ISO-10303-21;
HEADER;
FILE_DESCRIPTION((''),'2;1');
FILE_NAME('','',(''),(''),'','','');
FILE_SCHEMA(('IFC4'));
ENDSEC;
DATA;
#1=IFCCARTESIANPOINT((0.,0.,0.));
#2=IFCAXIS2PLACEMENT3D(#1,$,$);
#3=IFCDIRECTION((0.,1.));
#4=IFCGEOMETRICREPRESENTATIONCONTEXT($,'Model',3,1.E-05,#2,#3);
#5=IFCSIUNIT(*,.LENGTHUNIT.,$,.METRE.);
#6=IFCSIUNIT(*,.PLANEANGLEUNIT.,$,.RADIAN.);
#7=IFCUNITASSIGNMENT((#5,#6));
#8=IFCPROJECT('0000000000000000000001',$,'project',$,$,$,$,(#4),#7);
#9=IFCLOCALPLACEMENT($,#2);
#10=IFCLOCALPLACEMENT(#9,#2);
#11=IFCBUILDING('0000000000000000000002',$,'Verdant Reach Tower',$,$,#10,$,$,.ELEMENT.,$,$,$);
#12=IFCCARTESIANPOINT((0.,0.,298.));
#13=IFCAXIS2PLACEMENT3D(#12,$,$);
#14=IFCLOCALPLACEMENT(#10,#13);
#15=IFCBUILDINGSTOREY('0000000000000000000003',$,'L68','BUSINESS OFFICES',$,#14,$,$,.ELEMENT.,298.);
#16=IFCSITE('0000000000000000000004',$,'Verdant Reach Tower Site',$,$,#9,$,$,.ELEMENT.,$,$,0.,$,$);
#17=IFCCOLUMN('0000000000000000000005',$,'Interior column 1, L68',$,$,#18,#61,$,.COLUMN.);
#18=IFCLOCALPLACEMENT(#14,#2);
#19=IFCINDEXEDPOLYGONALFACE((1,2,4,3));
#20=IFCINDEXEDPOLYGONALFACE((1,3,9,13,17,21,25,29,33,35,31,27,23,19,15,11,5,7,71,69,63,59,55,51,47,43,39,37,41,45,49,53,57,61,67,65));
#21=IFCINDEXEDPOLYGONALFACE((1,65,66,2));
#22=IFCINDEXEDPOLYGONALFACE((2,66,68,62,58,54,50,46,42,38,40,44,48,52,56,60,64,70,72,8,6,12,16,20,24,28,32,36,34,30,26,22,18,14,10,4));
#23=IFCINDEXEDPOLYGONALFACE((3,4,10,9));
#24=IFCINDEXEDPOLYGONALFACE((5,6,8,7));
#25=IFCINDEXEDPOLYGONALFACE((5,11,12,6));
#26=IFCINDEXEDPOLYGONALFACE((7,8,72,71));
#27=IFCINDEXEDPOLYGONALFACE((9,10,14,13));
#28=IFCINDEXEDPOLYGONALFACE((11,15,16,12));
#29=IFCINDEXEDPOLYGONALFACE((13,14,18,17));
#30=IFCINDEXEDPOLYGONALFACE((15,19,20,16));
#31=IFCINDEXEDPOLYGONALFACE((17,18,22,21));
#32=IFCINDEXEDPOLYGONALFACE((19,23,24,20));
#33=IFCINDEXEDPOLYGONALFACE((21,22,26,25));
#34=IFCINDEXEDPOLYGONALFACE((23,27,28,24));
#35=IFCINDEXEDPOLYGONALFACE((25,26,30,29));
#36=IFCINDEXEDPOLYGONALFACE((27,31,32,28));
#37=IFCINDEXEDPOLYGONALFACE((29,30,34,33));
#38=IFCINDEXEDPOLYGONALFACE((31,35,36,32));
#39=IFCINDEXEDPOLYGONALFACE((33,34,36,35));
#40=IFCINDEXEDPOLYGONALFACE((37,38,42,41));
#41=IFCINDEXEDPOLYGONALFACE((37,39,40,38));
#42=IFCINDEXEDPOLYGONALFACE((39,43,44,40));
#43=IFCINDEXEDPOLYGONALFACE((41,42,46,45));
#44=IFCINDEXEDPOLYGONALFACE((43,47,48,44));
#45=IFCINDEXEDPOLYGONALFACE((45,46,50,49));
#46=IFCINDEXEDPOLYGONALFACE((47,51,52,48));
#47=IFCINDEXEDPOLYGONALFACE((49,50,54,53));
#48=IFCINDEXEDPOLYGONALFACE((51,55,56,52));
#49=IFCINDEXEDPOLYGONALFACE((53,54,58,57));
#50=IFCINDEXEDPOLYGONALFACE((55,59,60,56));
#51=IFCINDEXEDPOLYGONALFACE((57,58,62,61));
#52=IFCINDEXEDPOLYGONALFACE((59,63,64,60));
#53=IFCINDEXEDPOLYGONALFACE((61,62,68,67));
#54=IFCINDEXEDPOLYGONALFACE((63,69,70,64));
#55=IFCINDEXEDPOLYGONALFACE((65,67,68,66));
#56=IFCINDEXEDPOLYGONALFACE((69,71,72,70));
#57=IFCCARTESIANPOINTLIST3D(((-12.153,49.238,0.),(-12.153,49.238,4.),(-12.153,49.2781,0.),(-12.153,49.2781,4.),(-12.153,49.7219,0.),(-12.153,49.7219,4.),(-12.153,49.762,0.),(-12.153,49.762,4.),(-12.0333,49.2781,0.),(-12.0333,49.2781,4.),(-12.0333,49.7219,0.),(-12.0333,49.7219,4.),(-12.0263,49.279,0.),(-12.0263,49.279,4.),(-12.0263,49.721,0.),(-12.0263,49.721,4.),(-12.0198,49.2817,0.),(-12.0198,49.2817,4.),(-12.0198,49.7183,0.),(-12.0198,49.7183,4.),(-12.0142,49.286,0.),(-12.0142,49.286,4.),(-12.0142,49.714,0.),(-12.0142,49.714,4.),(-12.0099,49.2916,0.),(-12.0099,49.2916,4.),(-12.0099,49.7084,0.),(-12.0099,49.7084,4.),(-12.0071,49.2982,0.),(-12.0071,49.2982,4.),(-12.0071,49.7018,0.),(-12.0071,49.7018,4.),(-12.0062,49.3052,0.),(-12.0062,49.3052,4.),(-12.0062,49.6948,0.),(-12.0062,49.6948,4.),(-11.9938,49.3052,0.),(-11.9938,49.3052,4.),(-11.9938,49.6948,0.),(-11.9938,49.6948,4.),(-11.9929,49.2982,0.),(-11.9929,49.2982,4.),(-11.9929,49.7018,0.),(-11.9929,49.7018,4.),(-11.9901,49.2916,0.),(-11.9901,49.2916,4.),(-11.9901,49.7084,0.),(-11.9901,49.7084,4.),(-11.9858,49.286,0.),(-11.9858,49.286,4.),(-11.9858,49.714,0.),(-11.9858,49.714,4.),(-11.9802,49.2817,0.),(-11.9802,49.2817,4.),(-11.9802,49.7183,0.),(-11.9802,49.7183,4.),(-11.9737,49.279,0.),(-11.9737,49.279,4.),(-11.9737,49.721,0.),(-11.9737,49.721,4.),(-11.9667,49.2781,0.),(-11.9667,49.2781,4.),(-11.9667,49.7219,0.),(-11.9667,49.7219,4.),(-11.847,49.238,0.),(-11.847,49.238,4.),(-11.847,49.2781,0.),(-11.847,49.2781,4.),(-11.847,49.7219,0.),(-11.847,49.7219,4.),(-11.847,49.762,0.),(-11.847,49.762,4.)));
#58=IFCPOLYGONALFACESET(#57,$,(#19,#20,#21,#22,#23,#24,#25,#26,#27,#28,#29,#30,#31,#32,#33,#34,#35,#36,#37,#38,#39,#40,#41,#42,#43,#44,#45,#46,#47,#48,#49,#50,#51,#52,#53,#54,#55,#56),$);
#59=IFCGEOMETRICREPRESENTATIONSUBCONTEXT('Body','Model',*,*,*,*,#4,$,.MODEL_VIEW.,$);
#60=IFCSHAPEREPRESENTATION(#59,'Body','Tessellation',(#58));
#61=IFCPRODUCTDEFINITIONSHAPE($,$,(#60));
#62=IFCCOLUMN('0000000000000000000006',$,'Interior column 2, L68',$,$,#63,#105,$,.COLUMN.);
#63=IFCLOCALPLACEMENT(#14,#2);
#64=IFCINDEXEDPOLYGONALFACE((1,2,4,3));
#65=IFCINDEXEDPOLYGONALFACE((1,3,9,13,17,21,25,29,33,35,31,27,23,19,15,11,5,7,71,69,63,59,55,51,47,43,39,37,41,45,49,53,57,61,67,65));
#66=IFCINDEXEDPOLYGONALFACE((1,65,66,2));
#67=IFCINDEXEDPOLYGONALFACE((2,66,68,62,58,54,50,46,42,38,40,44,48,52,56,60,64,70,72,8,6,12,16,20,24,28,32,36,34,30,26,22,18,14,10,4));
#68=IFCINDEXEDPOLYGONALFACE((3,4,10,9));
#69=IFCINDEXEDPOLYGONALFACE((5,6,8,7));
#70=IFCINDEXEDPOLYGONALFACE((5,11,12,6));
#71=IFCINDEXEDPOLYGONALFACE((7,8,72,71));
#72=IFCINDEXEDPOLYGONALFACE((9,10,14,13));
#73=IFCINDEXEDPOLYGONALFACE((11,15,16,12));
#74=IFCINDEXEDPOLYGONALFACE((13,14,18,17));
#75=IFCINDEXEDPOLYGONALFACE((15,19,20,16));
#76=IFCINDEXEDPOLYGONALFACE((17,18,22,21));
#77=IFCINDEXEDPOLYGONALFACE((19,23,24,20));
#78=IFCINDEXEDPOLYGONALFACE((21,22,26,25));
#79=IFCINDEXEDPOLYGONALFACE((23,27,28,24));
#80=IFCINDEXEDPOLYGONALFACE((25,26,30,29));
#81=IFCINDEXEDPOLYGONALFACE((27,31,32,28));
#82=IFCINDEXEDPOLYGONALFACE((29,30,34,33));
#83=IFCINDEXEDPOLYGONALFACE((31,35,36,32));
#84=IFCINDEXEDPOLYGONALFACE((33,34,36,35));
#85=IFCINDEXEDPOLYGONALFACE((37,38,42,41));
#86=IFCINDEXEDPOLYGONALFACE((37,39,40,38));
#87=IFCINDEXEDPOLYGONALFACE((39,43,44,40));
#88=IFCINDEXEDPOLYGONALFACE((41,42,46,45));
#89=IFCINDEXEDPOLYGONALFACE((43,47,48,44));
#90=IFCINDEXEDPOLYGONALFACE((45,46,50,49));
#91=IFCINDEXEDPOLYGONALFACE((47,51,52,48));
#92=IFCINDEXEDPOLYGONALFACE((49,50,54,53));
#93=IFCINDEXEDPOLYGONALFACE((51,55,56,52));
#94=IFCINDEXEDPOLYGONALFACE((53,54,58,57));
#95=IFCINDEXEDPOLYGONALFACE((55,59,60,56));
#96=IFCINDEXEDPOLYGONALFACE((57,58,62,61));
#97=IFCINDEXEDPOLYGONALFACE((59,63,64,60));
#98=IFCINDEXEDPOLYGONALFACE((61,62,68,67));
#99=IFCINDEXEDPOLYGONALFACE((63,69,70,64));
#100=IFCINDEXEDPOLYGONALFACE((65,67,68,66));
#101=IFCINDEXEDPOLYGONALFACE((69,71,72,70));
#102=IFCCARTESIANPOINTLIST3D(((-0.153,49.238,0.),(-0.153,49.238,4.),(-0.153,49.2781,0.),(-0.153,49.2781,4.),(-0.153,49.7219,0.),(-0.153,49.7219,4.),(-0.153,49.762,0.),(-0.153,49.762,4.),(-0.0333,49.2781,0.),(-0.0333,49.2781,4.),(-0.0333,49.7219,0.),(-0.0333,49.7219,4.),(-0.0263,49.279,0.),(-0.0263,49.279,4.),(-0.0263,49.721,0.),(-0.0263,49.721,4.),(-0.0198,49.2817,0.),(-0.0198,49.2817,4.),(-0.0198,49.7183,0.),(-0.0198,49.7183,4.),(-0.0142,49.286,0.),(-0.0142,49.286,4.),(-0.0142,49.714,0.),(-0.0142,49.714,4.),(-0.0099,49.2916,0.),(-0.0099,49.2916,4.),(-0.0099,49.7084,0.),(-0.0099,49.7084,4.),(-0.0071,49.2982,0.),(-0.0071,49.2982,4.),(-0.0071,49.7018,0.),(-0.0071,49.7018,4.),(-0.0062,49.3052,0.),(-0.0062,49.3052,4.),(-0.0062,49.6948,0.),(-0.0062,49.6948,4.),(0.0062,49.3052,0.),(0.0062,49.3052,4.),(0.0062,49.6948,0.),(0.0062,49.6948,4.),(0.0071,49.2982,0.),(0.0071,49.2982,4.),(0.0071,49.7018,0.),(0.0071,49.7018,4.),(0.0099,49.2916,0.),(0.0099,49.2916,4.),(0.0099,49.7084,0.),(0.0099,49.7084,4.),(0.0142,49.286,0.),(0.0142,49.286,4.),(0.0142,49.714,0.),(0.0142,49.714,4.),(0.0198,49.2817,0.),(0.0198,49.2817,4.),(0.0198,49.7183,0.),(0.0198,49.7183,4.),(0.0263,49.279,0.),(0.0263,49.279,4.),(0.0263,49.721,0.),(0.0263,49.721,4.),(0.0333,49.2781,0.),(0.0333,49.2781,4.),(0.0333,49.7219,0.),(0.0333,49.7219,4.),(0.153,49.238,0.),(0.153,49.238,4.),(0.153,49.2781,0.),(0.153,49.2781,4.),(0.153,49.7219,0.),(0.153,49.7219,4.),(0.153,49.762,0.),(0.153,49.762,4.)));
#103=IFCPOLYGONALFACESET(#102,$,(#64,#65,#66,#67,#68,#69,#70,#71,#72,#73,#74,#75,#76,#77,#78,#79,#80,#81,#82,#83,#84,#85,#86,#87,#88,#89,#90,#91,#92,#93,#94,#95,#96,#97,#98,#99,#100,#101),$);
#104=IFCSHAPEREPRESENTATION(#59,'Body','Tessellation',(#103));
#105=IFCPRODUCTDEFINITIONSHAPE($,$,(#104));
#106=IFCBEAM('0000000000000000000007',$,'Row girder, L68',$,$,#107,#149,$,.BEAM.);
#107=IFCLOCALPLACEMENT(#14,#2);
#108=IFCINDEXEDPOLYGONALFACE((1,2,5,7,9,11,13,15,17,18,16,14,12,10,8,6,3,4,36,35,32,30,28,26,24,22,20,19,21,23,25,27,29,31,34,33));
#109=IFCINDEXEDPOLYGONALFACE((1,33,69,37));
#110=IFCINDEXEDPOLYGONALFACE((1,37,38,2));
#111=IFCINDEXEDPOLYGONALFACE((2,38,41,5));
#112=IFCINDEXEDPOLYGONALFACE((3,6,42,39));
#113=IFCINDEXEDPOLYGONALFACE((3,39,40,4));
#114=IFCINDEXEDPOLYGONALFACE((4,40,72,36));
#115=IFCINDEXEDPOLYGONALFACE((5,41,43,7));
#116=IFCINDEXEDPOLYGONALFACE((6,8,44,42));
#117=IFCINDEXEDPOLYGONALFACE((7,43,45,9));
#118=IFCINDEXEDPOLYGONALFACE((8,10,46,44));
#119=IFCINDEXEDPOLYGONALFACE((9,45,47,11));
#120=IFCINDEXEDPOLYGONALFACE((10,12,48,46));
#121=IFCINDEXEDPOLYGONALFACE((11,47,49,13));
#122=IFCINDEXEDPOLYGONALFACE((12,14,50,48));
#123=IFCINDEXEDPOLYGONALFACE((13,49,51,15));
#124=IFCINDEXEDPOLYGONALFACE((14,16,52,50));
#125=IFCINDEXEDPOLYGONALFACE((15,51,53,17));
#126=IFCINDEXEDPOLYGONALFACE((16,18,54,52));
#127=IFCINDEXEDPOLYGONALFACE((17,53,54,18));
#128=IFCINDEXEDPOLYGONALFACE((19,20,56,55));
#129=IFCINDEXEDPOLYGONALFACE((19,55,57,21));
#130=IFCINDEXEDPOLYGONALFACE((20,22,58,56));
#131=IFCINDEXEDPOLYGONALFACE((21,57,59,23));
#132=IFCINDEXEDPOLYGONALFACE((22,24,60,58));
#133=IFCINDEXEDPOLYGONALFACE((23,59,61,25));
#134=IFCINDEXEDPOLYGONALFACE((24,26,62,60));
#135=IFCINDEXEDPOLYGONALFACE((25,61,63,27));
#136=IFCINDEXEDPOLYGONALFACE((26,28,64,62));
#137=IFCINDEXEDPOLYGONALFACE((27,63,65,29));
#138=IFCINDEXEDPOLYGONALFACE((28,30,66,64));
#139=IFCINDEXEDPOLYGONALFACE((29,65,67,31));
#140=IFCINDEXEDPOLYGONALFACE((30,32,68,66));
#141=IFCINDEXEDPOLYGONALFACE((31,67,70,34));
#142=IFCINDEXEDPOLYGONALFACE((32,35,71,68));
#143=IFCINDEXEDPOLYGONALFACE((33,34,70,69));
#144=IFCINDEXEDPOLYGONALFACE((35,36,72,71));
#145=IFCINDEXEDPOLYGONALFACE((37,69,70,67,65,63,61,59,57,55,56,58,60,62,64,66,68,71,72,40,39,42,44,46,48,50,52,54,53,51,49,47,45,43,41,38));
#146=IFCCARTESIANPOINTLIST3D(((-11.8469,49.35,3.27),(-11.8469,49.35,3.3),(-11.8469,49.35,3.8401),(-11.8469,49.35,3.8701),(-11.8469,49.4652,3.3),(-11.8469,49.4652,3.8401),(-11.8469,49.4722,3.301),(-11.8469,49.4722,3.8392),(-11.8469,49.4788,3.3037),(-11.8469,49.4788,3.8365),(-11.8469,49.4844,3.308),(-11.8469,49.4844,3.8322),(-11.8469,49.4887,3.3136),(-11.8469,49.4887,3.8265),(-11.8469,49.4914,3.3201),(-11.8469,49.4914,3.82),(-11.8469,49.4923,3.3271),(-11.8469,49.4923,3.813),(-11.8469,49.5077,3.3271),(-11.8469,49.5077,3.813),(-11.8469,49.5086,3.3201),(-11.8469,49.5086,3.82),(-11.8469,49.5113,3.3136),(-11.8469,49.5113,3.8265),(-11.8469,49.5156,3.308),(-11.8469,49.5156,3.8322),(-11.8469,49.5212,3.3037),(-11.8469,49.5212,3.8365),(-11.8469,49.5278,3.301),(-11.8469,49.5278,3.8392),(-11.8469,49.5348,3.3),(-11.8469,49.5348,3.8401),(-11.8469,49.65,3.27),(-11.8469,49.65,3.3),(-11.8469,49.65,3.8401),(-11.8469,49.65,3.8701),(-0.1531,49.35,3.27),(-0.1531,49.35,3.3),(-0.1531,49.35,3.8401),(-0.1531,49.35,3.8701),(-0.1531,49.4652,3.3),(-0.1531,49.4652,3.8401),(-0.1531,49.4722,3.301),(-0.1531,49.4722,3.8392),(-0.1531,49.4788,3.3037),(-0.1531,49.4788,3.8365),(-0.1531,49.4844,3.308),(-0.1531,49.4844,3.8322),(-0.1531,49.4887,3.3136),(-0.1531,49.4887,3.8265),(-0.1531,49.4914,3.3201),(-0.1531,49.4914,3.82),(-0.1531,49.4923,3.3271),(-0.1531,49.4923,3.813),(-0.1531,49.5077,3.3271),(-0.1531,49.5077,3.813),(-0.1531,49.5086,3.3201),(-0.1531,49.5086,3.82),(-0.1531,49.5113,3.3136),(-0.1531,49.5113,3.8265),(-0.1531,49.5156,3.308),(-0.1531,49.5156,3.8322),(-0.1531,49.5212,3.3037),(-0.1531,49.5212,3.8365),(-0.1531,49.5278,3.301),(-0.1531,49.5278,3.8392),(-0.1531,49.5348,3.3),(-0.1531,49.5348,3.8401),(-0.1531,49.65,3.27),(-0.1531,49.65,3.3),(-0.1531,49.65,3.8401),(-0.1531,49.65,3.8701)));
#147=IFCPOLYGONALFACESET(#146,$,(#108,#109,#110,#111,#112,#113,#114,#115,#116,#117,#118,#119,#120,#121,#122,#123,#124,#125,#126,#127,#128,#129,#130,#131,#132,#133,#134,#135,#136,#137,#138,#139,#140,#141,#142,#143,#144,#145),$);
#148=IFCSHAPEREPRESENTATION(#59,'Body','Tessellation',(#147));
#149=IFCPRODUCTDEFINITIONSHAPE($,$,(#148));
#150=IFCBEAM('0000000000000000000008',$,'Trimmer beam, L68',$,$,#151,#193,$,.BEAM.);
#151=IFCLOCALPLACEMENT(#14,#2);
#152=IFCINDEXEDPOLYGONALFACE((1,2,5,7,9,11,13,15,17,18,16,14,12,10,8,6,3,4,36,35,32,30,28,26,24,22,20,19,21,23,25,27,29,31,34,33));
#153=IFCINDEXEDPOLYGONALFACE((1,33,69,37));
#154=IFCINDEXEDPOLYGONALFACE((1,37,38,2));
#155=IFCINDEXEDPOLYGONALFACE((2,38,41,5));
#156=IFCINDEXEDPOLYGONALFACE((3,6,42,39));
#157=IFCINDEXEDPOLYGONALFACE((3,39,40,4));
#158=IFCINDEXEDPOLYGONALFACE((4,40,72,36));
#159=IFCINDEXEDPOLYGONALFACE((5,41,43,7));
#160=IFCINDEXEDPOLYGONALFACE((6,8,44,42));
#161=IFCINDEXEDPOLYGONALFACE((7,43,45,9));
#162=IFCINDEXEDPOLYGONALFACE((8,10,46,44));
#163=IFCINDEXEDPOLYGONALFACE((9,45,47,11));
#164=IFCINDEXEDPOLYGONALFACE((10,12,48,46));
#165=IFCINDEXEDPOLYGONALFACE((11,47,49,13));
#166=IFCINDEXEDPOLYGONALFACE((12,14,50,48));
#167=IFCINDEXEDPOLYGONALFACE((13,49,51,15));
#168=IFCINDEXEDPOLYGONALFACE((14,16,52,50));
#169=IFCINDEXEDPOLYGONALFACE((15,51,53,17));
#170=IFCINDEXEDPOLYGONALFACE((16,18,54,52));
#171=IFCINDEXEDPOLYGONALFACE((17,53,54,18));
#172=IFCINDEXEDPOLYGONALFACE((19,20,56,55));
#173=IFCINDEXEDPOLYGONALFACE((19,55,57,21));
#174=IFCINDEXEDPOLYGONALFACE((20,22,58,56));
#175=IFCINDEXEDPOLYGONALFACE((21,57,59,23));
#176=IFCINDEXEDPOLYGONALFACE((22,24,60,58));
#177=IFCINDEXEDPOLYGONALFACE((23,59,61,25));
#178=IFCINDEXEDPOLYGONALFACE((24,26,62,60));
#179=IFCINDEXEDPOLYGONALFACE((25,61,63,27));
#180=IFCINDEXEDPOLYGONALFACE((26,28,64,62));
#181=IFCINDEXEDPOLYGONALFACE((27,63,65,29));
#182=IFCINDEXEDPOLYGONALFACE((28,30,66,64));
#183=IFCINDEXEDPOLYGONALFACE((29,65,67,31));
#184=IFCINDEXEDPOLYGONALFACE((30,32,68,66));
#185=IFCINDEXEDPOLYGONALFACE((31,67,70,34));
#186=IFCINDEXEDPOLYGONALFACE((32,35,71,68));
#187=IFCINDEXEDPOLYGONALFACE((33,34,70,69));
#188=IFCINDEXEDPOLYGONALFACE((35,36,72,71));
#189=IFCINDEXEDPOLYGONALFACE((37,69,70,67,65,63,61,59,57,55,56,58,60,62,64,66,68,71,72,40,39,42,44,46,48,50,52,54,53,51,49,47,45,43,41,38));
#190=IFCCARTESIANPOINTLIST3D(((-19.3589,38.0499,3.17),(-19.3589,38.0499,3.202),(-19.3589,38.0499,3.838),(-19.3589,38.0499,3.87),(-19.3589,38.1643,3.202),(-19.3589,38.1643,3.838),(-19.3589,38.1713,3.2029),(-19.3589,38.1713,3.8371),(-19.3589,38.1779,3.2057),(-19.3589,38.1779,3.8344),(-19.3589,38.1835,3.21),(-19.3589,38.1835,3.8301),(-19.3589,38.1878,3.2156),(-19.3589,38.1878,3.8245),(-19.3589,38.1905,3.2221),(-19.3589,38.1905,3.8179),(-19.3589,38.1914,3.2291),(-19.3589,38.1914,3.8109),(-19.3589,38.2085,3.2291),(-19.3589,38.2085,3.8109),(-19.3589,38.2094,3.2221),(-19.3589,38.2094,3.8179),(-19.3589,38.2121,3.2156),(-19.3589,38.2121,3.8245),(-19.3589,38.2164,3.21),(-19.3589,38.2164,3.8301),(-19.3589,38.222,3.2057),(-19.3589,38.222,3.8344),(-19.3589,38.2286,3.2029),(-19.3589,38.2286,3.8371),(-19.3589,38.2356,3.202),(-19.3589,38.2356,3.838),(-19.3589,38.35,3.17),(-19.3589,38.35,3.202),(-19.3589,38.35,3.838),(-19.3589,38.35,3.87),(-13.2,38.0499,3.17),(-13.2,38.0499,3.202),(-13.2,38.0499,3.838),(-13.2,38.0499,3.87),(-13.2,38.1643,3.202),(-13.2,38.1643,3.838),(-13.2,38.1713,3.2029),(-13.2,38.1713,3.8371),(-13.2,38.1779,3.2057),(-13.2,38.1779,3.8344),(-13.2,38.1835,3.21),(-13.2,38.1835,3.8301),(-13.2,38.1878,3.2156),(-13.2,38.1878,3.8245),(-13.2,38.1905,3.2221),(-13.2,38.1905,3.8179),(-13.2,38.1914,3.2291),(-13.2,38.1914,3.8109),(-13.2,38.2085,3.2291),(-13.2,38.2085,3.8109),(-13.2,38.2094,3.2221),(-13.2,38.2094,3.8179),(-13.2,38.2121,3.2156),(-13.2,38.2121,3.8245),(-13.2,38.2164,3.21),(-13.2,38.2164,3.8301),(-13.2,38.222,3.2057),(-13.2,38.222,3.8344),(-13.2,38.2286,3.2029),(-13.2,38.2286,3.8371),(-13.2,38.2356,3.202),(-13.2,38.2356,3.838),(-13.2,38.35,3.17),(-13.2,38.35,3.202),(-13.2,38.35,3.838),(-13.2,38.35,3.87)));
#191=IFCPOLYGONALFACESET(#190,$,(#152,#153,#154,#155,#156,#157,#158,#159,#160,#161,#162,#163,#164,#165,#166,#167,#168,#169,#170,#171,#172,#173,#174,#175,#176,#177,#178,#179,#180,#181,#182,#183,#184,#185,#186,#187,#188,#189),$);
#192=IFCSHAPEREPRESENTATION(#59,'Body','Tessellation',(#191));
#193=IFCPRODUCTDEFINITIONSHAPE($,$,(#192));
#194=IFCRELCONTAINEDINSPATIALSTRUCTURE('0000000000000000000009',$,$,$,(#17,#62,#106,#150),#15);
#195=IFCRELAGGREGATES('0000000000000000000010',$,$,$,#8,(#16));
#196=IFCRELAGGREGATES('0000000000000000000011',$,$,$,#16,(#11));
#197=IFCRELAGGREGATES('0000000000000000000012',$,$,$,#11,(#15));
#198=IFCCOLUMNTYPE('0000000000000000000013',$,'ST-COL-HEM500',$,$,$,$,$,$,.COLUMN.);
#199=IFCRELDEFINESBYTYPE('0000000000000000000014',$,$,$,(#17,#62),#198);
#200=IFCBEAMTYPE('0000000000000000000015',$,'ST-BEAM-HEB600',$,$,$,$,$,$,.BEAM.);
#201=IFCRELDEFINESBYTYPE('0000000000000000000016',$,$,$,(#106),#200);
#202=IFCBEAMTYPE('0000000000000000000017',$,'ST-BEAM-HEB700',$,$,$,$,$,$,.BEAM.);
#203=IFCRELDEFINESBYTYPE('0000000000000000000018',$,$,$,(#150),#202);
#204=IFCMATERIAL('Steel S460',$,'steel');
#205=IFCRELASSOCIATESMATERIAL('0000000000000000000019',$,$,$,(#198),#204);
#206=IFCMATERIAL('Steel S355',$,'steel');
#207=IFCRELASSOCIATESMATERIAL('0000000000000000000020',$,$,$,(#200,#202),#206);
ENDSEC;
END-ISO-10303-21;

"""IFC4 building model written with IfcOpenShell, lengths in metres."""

from ifc_helpers import new_model, si_unit, direction, frame, origin, origin_2d, place, context, subcontext, project, spatial, i_section, extrude, material, material_profile, profile_set, type_object, element, save


model = new_model("IFC4")

# Units and contexts
model_context = context("Model", 3, precision=1e-05, world=origin(), true_north=direction((0.0, 1.0)))
body_context = subcontext(model_context, "Body", "Model", "MODEL_VIEW")
ifc_project = project(units=[si_unit("LENGTHUNIT", "METRE"), si_unit("PLANEANGLEUNIT", "RADIAN")], contexts=[model_context])

# Site, building, storey
site_placement = place(None, origin())
site = spatial("IfcSite", under=ifc_project, at=site_placement, Name="Verdant Reach Tower Site", CompositionType="ELEMENT", RefElevation=0.0)
building_placement = place(site_placement, origin())
building = spatial("IfcBuilding", under=site, at=building_placement, Name="Verdant Reach Tower", CompositionType="ELEMENT")
storey_placement = place(building_placement, frame((0.0, 0.0, 298.0)))
storey = spatial("IfcBuildingStorey", under=building, at=storey_placement, Name="L68", Description="BUSINESS OFFICES", CompositionType="ELEMENT", Elevation=298.0)

# Columns
ifc_material_1 = material(Name="Steel S460", Category="steel")
ifc_material_profile_1 = material_profile(ifc_material_1, i_section(OverallWidth=0.3059, OverallDepth=0.5239, WebThickness=0.0125, FlangeThickness=0.04, FilletRadius=0.0271, at=origin_2d()), Name="HEM 500")
ifc_profile_set_1 = profile_set([ifc_material_profile_1], Name="Steel S460")
column_type = type_object("IfcColumnType", Name="ST-COL-HEM500", PredefinedType="COLUMN", material=ifc_profile_set_1)
for number, where, z_axis, x_axis, name in (
    (1, (-12.0, 49.5, 0.0), (0.0, 0.0, 1.0), (1.0, 0.0, 0.0), "Interior column 1, L68"),
    (2, (0.0, 49.5, 0.0), (0.0, 0.0, 1.0), (1.0, 0.0, 0.0), "Interior column 2, L68"),
):
    element("IfcColumn", number, at=place(storey_placement, frame(where, z_axis=z_axis, x_axis=x_axis)), inside=storey, type_object=column_type, Name=name, PredefinedType="COLUMN", context=body_context, shape_type="SweptSolid", body=[
        extrude(i_section(OverallWidth=0.3059, OverallDepth=0.5239, WebThickness=0.0125, FlangeThickness=0.04, FilletRadius=0.0271, at=origin_2d()), origin(), (0.0, 0.0, 1.0), 4.0),
    ])

# Beams
ifc_material_2 = material(Name="Steel S355", Category="steel")
ifc_material_profile_2 = material_profile(ifc_material_2, i_section(OverallWidth=0.3, OverallDepth=0.6001, WebThickness=0.0154, FlangeThickness=0.03, FilletRadius=0.0271, at=origin_2d()), Name="HEB 600")
ifc_profile_set_2 = profile_set([ifc_material_profile_2], Name="Steel S355")
beam_type_1 = type_object("IfcBeamType", Name="ST-BEAM-HEB600", PredefinedType="BEAM", material=ifc_profile_set_2)
beam_1_placement = place(storey_placement, frame((-11.8469, 49.5, 3.5701), z_axis=(1.0, 0.0, 0.0), x_axis=(0.0, 1.0, 0.0)))
element("IfcBeam", 3, at=beam_1_placement, inside=storey, type_object=beam_type_1, Name="Row girder, L68", PredefinedType="BEAM", context=body_context, shape_type="SweptSolid", body=[
    extrude(i_section(OverallWidth=0.3, OverallDepth=0.6001, WebThickness=0.0154, FlangeThickness=0.03, FilletRadius=0.0271, at=origin_2d()), origin(), (0.0, 0.0, 1.0), 11.6938),
])
ifc_material_profile_3 = material_profile(ifc_material_2, i_section(OverallWidth=0.3, OverallDepth=0.7, WebThickness=0.0171, FlangeThickness=0.032, FilletRadius=0.0271, at=origin_2d()), Name="HEB 700")
ifc_profile_set_3 = profile_set([ifc_material_profile_3], Name="Steel S355")
beam_type_2 = type_object("IfcBeamType", Name="ST-BEAM-HEB700", PredefinedType="BEAM", material=ifc_profile_set_3)
beam_2_placement = place(storey_placement, frame((-13.2, 38.2, 3.52), z_axis=(-1.0, 0.0, 0.0), x_axis=(0.0, -1.0, 0.0)))
element("IfcBeam", 4, at=beam_2_placement, inside=storey, type_object=beam_type_2, Name="Trimmer beam, L68", PredefinedType="BEAM", context=body_context, shape_type="SweptSolid", body=[
    extrude(i_section(OverallWidth=0.3, OverallDepth=0.7, WebThickness=0.0171, FlangeThickness=0.032, FilletRadius=0.0271, at=origin_2d()), origin(), (0.0, 0.0, 1.0), 6.1589),
])

save(model, "model.ifc")
